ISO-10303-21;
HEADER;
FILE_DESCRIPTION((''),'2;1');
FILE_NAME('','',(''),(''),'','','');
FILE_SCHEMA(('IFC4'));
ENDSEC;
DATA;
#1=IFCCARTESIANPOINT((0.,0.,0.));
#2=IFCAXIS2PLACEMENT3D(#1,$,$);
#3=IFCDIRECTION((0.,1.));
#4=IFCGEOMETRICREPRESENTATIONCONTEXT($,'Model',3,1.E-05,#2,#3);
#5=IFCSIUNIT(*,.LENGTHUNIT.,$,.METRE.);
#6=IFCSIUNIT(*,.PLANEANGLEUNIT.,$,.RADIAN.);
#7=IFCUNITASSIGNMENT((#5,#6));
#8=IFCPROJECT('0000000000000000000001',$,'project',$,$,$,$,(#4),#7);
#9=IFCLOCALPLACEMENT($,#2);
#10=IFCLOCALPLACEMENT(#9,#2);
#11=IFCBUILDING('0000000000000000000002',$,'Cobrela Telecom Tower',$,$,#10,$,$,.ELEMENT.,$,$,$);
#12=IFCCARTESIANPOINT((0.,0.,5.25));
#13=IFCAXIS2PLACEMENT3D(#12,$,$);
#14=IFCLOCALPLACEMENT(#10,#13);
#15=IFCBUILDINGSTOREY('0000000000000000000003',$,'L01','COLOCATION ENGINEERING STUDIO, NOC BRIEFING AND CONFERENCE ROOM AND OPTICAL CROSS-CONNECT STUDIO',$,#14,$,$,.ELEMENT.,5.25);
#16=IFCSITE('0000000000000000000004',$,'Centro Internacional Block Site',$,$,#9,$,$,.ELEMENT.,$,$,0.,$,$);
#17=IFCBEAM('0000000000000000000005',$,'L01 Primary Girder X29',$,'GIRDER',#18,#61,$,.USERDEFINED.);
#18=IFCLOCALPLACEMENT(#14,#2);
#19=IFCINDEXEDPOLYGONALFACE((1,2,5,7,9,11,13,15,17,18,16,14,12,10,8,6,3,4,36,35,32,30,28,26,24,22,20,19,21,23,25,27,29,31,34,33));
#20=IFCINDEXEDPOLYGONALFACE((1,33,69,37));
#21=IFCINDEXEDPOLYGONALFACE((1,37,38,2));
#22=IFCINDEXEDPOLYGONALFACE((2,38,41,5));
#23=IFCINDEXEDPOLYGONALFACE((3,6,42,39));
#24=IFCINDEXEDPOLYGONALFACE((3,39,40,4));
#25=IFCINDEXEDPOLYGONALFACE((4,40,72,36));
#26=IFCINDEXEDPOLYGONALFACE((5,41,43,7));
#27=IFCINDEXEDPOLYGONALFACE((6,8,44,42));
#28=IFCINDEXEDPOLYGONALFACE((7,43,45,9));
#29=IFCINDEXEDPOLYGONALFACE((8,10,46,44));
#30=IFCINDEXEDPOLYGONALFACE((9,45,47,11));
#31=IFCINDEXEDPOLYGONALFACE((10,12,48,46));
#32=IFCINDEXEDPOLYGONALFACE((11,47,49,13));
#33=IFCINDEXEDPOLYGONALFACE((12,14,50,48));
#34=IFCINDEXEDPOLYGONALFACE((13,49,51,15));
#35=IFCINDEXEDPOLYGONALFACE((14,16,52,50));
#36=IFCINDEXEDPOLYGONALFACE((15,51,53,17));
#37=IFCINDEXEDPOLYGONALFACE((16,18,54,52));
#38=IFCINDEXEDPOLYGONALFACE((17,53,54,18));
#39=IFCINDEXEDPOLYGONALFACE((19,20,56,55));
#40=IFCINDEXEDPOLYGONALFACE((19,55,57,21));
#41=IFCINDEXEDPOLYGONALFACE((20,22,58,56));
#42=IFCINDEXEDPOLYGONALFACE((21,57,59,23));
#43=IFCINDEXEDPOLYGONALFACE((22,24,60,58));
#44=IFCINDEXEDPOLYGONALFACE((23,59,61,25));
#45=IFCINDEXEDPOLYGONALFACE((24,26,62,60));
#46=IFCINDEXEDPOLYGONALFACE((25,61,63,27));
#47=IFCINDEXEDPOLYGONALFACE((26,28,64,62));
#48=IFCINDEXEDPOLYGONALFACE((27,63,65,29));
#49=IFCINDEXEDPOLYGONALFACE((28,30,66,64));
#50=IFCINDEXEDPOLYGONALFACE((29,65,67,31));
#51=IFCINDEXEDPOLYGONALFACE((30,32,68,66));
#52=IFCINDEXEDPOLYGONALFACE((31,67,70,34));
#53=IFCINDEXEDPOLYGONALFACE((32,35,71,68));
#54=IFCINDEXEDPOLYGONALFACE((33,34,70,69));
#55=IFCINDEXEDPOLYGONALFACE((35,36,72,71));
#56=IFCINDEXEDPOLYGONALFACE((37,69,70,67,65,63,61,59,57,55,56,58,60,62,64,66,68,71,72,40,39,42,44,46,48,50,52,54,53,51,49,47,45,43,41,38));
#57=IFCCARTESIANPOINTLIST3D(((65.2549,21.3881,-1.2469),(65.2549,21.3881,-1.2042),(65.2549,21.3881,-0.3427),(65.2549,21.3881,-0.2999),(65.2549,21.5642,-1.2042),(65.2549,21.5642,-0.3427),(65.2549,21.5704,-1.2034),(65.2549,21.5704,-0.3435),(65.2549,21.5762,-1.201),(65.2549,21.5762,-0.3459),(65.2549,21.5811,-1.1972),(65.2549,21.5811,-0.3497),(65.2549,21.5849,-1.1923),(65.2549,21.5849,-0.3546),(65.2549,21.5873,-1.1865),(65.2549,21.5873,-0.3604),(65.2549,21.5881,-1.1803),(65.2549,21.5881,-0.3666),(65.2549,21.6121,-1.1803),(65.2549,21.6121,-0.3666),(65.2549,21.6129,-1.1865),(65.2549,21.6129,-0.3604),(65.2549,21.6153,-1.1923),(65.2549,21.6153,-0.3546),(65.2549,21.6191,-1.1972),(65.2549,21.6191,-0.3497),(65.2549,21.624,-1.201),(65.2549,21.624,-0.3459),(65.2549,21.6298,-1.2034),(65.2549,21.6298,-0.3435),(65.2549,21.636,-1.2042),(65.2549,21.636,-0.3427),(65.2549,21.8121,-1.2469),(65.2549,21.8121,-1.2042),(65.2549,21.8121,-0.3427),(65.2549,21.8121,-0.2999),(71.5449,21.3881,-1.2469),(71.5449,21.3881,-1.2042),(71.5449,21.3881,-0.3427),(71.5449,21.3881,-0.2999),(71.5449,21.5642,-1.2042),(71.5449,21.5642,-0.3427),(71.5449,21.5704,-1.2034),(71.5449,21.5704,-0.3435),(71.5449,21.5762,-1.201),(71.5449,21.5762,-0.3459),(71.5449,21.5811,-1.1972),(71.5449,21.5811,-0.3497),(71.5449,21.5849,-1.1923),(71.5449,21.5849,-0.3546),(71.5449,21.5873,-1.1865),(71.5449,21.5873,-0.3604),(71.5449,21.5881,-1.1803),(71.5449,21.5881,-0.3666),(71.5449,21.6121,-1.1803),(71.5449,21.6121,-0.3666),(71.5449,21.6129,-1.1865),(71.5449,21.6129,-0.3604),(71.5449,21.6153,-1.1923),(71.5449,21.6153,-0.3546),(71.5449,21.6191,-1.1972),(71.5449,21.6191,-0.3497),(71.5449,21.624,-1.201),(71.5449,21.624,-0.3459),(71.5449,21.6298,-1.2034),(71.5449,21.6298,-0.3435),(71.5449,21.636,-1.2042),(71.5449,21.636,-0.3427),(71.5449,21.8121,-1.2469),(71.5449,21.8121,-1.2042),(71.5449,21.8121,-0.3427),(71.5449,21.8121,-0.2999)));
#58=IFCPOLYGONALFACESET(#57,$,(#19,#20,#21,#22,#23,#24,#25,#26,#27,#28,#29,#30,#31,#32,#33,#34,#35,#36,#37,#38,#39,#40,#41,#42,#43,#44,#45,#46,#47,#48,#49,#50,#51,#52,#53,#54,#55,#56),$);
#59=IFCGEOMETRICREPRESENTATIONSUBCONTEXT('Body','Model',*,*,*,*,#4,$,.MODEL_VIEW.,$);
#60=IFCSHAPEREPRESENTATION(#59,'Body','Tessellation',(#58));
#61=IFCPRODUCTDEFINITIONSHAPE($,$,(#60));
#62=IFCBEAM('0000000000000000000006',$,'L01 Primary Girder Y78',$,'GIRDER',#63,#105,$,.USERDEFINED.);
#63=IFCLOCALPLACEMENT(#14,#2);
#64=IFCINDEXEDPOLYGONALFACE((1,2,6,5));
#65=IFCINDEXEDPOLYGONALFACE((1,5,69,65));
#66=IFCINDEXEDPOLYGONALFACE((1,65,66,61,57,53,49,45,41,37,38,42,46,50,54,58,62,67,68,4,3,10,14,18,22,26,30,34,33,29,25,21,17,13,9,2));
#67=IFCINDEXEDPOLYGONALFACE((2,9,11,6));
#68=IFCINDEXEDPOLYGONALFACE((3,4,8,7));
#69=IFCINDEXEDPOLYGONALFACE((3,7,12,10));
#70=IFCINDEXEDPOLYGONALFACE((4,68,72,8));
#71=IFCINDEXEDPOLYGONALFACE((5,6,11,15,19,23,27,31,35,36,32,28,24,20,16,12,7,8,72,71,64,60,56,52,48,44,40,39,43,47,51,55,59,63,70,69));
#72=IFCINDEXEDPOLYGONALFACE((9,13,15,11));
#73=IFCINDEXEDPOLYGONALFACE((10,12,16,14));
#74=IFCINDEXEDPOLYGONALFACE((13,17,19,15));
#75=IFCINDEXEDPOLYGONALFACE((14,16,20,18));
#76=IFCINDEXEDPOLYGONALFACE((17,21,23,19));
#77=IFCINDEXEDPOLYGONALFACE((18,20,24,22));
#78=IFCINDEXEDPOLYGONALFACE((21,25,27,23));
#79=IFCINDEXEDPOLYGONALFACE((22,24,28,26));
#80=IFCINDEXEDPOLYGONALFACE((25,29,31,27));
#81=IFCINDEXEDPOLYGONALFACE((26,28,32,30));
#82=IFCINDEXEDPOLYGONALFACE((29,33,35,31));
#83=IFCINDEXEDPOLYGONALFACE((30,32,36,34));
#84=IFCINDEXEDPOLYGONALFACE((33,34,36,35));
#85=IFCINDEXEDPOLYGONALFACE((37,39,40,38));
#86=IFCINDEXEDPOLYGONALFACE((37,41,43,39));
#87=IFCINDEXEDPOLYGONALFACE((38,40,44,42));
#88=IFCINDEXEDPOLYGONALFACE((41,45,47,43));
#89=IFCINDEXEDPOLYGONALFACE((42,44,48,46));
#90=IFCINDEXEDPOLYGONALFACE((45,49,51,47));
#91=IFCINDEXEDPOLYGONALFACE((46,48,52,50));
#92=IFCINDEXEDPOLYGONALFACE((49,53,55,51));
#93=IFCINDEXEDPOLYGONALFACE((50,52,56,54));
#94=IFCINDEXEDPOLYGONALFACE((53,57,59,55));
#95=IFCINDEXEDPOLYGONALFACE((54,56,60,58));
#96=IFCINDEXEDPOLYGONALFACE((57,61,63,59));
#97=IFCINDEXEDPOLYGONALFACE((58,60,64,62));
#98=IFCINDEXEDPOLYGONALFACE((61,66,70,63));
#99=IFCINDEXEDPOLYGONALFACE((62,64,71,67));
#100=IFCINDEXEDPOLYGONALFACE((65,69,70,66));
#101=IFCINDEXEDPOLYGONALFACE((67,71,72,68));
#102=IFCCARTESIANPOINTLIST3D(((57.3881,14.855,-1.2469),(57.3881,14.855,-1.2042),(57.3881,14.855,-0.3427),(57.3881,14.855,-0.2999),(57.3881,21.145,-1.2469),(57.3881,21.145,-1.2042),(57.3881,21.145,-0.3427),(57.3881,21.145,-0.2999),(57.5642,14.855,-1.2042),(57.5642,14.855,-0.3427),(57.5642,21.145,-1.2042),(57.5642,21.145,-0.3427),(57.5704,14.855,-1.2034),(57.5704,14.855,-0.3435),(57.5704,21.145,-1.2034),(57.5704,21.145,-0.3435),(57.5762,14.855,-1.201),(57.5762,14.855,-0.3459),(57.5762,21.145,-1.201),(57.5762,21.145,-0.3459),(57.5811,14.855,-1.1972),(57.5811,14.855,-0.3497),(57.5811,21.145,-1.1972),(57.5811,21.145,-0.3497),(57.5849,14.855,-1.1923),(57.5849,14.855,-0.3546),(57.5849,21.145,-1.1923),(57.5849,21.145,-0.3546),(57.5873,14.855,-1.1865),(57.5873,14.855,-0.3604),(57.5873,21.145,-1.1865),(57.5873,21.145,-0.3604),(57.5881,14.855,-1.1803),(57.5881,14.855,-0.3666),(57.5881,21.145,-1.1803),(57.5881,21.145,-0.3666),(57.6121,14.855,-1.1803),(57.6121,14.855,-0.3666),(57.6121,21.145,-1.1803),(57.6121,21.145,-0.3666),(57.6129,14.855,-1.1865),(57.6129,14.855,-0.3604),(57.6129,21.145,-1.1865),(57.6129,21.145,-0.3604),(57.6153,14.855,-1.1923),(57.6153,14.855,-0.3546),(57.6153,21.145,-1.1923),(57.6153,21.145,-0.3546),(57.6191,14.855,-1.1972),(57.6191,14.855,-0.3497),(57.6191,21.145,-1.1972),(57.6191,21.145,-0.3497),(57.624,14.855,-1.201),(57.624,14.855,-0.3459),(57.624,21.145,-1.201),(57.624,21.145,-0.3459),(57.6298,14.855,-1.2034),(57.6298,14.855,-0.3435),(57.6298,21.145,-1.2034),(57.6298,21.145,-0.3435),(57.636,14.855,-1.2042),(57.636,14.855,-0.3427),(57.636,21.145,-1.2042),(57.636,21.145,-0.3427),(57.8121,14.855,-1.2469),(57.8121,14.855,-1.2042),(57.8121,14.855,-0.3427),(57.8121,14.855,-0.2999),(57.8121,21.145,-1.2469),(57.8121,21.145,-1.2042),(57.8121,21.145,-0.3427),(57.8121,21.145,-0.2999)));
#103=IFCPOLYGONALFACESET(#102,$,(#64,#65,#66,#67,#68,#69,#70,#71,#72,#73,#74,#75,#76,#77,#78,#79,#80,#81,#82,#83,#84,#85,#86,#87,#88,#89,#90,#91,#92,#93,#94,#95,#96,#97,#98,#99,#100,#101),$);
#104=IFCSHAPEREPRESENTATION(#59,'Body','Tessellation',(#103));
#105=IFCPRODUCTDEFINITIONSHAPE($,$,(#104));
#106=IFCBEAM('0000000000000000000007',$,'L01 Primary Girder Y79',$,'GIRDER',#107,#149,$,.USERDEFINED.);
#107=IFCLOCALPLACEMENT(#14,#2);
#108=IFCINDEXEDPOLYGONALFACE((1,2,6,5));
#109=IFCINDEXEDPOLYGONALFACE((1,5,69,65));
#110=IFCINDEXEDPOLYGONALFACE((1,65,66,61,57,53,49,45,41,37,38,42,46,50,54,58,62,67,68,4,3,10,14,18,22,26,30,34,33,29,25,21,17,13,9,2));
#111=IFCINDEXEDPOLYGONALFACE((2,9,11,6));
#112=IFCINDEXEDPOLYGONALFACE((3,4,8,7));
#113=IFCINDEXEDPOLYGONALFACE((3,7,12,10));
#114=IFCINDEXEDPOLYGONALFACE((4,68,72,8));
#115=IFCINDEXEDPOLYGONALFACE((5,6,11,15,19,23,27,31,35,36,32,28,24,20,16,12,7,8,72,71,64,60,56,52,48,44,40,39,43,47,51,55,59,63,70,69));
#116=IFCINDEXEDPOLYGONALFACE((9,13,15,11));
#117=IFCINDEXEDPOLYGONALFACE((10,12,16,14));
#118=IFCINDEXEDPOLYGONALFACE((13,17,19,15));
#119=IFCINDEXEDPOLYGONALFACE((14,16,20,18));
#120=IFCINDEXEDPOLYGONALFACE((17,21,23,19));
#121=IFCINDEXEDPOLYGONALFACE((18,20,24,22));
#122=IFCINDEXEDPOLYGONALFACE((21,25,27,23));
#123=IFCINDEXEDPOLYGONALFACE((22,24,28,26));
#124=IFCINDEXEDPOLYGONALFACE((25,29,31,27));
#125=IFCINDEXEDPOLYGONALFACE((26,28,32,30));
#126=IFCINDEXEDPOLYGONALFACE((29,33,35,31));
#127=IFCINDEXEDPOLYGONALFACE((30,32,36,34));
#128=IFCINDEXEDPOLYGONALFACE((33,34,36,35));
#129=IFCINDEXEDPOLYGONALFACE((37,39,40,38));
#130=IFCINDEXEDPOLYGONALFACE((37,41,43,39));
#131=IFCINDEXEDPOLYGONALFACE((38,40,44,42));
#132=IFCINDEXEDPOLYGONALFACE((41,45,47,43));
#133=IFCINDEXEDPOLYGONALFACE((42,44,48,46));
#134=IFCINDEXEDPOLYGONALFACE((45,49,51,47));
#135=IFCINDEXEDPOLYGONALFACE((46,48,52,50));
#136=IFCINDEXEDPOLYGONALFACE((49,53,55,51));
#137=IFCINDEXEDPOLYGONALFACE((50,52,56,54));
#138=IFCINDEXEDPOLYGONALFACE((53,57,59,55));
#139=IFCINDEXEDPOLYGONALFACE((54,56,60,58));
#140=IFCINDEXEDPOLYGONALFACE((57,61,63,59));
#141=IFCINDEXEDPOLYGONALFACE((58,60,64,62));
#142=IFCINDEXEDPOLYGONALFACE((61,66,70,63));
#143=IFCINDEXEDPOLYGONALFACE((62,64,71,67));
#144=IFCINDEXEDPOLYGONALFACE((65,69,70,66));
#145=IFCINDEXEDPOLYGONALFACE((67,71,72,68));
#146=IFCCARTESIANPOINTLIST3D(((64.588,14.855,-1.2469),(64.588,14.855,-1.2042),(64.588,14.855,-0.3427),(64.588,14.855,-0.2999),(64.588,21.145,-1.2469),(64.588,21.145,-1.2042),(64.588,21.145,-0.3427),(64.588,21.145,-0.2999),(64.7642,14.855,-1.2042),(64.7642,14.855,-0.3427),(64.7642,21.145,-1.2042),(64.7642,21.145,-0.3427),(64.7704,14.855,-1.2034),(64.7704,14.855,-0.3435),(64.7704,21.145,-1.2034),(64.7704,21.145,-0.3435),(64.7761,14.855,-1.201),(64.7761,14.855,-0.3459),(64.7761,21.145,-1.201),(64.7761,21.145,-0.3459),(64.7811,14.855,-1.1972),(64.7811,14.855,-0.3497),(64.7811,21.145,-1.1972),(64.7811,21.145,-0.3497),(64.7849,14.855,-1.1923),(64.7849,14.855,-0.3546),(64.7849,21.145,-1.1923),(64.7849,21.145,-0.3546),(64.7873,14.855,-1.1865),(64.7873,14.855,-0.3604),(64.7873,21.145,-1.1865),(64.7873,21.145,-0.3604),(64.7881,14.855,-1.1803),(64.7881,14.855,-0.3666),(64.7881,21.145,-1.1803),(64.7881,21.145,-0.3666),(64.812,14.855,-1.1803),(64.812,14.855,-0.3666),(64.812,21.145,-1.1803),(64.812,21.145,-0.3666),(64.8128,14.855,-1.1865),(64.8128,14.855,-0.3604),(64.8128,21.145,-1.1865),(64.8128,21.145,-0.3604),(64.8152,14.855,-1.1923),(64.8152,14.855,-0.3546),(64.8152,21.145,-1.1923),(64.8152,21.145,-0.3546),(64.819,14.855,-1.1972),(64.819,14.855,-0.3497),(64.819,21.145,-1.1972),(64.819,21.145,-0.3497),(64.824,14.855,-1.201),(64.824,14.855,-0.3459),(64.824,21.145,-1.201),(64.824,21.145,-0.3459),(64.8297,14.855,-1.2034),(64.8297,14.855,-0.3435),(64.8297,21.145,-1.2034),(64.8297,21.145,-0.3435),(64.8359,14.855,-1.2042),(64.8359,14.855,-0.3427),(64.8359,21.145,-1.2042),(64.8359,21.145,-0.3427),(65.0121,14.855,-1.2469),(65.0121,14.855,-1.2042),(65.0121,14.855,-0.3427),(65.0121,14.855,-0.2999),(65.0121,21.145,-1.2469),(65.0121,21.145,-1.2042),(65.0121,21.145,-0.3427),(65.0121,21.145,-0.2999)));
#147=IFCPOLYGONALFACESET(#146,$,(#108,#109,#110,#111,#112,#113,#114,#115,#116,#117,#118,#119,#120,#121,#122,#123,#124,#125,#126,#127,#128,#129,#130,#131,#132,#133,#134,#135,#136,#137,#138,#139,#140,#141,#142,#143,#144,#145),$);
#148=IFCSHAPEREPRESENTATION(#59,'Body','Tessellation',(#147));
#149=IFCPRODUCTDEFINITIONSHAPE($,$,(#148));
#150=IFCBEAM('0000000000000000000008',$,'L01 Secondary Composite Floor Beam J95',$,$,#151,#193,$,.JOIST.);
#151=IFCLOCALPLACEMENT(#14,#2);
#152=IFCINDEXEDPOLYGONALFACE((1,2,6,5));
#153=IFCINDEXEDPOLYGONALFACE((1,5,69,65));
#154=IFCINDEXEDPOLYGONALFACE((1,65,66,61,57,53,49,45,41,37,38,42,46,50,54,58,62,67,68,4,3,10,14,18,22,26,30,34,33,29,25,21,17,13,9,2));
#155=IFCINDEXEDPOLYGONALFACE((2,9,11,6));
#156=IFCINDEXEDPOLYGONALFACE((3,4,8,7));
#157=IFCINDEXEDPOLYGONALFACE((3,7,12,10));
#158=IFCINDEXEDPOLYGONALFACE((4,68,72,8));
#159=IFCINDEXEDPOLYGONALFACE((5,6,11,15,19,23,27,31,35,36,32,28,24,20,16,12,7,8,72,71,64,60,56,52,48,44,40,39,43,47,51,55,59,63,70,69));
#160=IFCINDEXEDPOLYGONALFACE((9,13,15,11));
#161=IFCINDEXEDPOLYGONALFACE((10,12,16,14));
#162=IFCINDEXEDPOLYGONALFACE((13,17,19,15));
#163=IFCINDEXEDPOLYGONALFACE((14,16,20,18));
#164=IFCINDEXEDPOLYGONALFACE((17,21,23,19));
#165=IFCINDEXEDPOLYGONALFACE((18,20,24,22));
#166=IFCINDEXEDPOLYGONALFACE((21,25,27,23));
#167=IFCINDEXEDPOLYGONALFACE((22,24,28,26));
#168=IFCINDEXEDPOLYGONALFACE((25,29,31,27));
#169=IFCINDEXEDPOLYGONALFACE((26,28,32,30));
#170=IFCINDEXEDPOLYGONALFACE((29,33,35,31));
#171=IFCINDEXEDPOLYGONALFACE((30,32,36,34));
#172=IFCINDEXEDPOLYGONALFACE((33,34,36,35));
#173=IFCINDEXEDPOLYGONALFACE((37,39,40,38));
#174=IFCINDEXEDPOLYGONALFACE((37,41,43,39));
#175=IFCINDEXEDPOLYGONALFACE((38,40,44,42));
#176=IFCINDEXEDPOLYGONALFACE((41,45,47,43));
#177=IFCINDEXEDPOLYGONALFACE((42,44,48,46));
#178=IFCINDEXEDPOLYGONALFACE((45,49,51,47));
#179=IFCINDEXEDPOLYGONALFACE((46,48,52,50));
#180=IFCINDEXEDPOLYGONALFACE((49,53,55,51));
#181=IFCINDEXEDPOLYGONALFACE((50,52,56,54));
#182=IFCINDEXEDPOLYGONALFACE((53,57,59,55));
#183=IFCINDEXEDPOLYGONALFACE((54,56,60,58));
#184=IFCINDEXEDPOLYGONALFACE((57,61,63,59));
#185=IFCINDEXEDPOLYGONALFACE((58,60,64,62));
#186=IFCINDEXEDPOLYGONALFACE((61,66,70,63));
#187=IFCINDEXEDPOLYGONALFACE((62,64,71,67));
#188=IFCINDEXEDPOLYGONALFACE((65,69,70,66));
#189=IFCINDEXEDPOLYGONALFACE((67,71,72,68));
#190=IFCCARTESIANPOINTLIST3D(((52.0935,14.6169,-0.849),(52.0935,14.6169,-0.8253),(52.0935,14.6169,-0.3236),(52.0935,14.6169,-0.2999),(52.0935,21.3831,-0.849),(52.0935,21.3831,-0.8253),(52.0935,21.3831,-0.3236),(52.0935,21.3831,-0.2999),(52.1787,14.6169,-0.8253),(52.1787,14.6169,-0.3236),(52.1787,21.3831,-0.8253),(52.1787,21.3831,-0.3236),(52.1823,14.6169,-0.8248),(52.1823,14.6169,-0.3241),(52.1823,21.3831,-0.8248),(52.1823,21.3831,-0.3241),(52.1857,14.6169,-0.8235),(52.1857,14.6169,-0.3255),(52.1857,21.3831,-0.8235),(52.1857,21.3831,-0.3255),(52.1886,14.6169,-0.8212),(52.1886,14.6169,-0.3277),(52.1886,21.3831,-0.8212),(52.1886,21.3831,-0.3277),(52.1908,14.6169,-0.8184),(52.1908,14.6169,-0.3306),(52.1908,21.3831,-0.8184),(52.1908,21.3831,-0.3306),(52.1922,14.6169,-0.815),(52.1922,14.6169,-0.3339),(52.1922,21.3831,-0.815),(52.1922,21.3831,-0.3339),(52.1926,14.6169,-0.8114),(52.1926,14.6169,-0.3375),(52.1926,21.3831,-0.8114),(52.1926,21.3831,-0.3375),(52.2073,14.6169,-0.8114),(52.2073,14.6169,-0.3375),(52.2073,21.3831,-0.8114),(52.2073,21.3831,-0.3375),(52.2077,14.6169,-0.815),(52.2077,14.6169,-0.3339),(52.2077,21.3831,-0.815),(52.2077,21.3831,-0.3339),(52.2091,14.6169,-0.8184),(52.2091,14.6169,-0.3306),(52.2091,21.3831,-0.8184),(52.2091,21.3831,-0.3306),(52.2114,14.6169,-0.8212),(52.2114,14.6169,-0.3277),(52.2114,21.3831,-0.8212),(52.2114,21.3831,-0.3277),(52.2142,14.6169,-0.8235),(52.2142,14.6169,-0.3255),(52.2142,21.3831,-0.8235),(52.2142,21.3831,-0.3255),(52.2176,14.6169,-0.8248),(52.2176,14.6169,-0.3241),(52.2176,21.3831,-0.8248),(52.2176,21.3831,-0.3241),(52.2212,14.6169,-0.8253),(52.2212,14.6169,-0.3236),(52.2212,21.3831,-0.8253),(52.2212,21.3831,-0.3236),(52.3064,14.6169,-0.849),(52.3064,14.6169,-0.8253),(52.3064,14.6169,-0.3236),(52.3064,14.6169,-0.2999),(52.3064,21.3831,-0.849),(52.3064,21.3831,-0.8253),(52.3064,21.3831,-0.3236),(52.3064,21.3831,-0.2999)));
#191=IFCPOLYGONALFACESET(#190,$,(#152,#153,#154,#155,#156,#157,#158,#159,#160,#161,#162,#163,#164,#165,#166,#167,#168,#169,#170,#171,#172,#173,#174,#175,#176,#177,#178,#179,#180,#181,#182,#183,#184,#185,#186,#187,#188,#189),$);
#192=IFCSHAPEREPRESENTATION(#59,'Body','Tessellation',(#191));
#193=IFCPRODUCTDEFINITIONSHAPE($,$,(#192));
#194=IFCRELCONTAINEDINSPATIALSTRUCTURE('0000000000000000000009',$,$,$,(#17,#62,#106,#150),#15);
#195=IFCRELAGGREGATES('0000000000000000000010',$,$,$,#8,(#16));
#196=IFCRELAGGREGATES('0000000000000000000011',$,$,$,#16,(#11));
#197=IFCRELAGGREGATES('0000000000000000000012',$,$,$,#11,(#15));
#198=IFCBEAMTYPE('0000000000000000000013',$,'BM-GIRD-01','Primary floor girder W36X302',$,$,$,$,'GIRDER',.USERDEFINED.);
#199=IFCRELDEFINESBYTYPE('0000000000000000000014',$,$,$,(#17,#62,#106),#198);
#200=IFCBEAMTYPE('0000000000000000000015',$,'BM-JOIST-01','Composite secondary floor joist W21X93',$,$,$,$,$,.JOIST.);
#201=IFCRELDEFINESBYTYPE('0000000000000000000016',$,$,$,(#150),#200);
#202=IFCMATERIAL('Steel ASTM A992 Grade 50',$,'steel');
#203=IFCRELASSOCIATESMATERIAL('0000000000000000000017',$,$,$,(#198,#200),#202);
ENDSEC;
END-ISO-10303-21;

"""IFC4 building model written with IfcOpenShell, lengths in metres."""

from ifc_helpers import new_model, si_unit, direction, frame, origin, origin_2d, place, context, subcontext, project, spatial, i_section, extrude, material, material_profile, profile_set, type_object, element, save


model = new_model("IFC4")

# Units and contexts
model_context = context("Model", 3, precision=1e-05, world=origin(), true_north=direction((0.0, 1.0)))
body_context = subcontext(model_context, "Body", "Model", "MODEL_VIEW")
ifc_project = project(units=[si_unit("LENGTHUNIT", "METRE"), si_unit("PLANEANGLEUNIT", "RADIAN")], contexts=[model_context])

# Site, building, storey
site_placement = place(None, origin())
site = spatial("IfcSite", under=ifc_project, at=site_placement, Name="Centro Internacional Block Site", CompositionType="ELEMENT", RefElevation=0.0)
building_placement = place(site_placement, origin())
building = spatial("IfcBuilding", under=site, at=building_placement, Name="Cobrela Telecom Tower", CompositionType="ELEMENT")
storey_placement = place(building_placement, frame((0.0, 0.0, 5.25)))
storey = spatial("IfcBuildingStorey", under=building, at=storey_placement, Name="L01", Description="COLOCATION ENGINEERING STUDIO, NOC BRIEFING AND CONFERENCE ROOM AND OPTICAL CROSS-CONNECT STUDIO", CompositionType="ELEMENT", Elevation=5.25)

# Beams
ifc_material_1 = material(Name="Steel ASTM A992 Grade 50", Category="steel")
ifc_material_profile_1 = material_profile(ifc_material_1, i_section(OverallWidth=0.4241, OverallDepth=0.947, WebThickness=0.0239, FlangeThickness=0.0427, FilletRadius=0.0239, at=origin_2d()), Name="W36X302")
ifc_profile_set_1 = profile_set([ifc_material_profile_1], Name="Steel ASTM A992 Grade 50")
beam_type_1 = type_object("IfcBeamType", Name="BM-GIRD-01", Description="Primary floor girder W36X302", ElementType="GIRDER", PredefinedType="USERDEFINED", material=ifc_profile_set_1)
for number, where, z_axis, x_axis, name in (
    (1, (65.2549, 21.6001, -0.7734), (1.0, 0.0, 0.0), (0.0, 1.0, 0.0), "L01 Primary Girder X29"),
    (2, (57.6001, 14.855, -0.7734), (0.0, 1.0, 0.0), (-1.0, 0.0, 0.0), "L01 Primary Girder Y78"),
    (3, (64.8, 14.855, -0.7734), (0.0, 1.0, 0.0), (-1.0, 0.0, 0.0), "L01 Primary Girder Y79"),
):
    element("IfcBeam", number, at=place(storey_placement, frame(where, z_axis=z_axis, x_axis=x_axis)), inside=storey, type_object=beam_type_1, Name=name, ObjectType="GIRDER", PredefinedType="USERDEFINED", context=body_context, shape_type="SweptSolid", body=[
        extrude(i_section(OverallWidth=0.4241, OverallDepth=0.947, WebThickness=0.0239, FlangeThickness=0.0427, FilletRadius=0.0239, at=origin_2d()), origin(), (0.0, 0.0, 1.0), 6.29),
    ])
ifc_material_profile_2 = material_profile(ifc_material_1, i_section(OverallWidth=0.2129, OverallDepth=0.5491, WebThickness=0.0146, FlangeThickness=0.0237, FilletRadius=0.0139, at=origin_2d()), Name="W21X93")
ifc_profile_set_2 = profile_set([ifc_material_profile_2], Name="Steel ASTM A992 Grade 50")
beam_type_2 = type_object("IfcBeamType", Name="BM-JOIST-01", Description="Composite secondary floor joist W21X93", PredefinedType="JOIST", material=ifc_profile_set_2)
for number, where, z_axis, x_axis, name in (
    (4, (52.2, 14.6169, -0.5745), (0.0, 1.0, 0.0), (-1.0, 0.0, 0.0), "L01 Secondary Composite Floor Beam J95"),
):
    element("IfcBeam", number, at=place(storey_placement, frame(where, z_axis=z_axis, x_axis=x_axis)), inside=storey, type_object=beam_type_2, Name=name, PredefinedType="JOIST", context=body_context, shape_type="SweptSolid", body=[
        extrude(i_section(OverallWidth=0.2129, OverallDepth=0.5491, WebThickness=0.0146, FlangeThickness=0.0237, FilletRadius=0.0139, at=origin_2d()), origin(), (0.0, 0.0, 1.0), 6.7661),
    ])

save(model, "model.ifc")
